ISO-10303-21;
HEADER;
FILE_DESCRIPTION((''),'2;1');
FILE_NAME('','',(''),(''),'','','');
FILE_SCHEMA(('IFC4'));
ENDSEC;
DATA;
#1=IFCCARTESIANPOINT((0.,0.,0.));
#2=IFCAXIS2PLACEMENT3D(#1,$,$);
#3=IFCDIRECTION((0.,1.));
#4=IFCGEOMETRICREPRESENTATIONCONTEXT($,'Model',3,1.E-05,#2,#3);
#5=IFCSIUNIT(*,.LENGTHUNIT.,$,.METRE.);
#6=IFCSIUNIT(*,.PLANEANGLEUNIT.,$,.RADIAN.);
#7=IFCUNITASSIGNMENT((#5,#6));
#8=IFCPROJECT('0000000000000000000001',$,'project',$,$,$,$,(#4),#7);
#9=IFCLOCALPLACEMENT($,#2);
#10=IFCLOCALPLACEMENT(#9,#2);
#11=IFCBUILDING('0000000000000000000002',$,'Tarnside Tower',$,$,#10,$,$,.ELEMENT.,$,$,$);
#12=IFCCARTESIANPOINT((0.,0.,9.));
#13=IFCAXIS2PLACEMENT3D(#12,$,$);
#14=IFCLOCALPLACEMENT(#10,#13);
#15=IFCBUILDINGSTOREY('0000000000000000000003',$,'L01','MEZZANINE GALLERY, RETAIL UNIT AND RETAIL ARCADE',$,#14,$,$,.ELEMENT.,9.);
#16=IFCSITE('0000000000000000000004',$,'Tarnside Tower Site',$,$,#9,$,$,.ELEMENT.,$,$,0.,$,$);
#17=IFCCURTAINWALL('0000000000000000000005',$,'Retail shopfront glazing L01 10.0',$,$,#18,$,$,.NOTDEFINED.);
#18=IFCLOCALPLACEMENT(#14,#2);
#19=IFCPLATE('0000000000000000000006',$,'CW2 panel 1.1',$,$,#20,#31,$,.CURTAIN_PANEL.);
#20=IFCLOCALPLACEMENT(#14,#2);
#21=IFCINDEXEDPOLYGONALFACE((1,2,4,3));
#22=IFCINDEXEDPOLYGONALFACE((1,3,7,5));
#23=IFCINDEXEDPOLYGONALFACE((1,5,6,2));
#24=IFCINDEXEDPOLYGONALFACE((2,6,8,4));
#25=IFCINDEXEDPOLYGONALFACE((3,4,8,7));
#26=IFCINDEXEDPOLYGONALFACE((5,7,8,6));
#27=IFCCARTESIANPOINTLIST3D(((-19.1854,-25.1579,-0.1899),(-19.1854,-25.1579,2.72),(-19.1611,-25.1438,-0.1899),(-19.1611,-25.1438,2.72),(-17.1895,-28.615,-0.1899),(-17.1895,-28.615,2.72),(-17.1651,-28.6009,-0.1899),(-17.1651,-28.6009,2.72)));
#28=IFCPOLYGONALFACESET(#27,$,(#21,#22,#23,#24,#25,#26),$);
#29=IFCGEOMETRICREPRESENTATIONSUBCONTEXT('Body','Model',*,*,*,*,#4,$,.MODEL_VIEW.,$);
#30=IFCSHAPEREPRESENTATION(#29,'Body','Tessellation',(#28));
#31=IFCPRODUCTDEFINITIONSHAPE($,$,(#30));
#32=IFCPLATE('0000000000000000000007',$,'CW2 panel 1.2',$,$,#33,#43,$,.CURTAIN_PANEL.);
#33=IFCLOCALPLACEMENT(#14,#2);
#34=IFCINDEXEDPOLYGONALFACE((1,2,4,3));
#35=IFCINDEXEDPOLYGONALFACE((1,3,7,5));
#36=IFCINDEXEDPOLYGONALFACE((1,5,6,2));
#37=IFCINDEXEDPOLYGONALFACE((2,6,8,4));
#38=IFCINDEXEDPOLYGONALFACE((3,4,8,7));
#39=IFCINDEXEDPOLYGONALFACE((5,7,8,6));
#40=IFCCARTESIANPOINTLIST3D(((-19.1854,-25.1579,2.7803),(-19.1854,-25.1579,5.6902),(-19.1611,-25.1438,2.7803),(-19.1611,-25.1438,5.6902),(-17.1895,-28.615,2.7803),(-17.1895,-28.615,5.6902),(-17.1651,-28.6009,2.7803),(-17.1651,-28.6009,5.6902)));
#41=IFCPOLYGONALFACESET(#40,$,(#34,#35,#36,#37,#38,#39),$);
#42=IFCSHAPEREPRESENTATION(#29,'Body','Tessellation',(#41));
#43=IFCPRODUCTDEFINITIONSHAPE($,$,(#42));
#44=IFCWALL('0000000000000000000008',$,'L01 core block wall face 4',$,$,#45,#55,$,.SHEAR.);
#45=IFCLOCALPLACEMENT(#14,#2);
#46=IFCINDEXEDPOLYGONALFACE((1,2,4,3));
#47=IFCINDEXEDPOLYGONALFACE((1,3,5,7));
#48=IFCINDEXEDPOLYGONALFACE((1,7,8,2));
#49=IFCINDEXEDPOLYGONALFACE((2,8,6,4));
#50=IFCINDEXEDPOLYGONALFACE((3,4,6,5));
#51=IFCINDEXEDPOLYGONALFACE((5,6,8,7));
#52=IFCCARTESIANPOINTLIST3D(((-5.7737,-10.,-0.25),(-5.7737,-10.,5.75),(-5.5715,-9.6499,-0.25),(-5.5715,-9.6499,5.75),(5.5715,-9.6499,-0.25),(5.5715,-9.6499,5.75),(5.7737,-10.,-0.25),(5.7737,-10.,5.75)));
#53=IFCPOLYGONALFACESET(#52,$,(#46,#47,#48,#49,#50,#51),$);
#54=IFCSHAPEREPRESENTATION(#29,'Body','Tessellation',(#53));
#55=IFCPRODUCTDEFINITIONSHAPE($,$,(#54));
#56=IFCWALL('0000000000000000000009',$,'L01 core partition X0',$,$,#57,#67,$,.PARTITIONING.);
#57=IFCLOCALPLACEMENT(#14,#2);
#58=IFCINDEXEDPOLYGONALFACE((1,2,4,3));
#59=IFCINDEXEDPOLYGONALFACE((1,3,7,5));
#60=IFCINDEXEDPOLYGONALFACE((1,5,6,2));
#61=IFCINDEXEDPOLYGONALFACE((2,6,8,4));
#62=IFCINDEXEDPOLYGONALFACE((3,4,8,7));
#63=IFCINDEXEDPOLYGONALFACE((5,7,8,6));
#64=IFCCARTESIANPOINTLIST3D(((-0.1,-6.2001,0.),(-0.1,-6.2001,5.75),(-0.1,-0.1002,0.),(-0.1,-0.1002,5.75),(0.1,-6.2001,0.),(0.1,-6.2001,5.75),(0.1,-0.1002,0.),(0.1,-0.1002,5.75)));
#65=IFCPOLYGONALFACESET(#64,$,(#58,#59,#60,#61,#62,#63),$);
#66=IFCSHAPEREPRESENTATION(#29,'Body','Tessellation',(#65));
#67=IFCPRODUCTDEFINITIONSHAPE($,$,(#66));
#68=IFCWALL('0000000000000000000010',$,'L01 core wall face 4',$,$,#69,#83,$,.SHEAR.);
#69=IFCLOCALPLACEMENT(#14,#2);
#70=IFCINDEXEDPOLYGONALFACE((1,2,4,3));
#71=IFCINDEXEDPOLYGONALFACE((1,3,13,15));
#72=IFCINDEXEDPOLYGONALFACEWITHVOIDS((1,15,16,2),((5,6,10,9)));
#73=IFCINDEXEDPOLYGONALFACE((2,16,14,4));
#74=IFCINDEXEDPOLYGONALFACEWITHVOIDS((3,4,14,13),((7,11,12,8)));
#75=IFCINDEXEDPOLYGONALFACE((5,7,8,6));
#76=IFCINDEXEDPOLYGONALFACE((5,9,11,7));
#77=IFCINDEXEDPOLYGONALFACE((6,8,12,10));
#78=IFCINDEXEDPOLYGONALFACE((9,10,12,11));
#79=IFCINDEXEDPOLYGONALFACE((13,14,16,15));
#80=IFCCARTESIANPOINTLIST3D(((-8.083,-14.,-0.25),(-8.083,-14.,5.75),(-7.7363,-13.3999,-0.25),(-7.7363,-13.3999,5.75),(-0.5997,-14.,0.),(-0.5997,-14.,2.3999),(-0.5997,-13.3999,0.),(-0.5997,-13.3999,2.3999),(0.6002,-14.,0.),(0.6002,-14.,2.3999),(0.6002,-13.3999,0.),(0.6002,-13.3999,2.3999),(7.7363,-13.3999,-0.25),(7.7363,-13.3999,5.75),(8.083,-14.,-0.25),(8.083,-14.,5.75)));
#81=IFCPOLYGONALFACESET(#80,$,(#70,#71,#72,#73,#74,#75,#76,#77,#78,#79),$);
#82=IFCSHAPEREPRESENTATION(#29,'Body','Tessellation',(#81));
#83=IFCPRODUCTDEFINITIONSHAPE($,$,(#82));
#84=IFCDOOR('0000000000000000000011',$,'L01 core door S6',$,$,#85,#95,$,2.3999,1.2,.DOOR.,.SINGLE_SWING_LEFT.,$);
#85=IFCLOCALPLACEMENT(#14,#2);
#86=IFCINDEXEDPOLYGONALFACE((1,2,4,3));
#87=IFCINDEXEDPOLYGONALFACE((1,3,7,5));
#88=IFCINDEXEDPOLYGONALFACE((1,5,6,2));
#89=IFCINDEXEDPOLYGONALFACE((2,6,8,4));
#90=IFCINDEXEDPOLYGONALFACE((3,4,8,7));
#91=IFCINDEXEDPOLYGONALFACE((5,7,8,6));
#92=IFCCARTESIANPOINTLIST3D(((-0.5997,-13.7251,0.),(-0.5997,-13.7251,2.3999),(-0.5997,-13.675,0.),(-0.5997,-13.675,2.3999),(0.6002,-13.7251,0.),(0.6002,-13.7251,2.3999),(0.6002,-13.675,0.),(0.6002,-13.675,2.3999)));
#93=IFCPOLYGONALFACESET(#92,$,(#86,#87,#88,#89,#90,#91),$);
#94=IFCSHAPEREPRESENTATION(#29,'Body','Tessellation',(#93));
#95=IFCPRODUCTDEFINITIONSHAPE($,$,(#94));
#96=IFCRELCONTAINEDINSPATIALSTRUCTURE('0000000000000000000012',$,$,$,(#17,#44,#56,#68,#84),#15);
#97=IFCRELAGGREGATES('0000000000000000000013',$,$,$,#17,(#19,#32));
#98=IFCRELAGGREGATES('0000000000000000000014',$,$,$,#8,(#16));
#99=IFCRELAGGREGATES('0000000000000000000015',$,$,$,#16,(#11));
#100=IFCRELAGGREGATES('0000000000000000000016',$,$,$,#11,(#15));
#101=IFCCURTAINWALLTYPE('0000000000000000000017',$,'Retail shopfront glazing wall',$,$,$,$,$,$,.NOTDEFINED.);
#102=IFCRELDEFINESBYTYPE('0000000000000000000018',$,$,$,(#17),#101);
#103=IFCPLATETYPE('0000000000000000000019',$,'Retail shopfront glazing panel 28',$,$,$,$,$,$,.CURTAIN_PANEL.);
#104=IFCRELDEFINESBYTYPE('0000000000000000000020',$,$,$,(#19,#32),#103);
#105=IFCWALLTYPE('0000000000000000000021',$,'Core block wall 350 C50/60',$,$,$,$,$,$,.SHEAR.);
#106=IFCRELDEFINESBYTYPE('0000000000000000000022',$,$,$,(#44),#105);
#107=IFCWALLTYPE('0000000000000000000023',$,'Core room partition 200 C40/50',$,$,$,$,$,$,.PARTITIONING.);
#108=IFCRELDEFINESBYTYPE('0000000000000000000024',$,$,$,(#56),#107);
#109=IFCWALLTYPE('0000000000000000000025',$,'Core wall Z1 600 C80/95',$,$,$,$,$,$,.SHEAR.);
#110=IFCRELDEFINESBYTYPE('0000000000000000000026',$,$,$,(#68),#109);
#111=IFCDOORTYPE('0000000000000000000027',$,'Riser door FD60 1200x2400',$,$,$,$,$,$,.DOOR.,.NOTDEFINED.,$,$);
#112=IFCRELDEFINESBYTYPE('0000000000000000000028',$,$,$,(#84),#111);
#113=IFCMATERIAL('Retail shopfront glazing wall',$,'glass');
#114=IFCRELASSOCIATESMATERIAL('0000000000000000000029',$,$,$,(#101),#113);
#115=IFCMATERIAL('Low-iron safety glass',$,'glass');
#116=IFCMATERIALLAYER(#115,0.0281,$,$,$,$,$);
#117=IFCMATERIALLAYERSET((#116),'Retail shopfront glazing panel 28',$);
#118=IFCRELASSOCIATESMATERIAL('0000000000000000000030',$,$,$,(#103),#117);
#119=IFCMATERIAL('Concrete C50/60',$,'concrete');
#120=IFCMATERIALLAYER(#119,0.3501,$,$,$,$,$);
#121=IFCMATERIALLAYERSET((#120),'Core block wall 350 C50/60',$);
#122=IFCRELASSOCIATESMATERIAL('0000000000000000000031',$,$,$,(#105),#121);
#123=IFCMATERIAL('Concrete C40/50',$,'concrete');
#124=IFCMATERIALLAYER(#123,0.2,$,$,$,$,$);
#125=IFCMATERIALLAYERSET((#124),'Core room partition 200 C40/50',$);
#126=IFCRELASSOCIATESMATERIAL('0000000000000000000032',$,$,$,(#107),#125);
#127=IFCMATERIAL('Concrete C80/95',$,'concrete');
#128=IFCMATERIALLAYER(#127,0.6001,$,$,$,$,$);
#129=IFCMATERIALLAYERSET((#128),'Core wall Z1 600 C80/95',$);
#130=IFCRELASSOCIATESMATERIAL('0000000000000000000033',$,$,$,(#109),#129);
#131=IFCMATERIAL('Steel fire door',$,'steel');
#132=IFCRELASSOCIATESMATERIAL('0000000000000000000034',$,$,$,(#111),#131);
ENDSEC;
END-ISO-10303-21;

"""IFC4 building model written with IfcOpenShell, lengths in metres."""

from ifc_helpers import new_model, si_unit, direction, frame, frame_2d, origin, origin_2d, place, context, subcontext, project, spatial, polyline, rectangle, outline, extrude, material, layer, layer_set, type_object, element, fill, aggregate, save


model = new_model("IFC4")

# Units and contexts
model_context = context("Model", 3, precision=1e-05, world=origin(), true_north=direction((0.0, 1.0)))
body_context = subcontext(model_context, "Body", "Model", "MODEL_VIEW")
ifc_project = project(units=[si_unit("LENGTHUNIT", "METRE"), si_unit("PLANEANGLEUNIT", "RADIAN")], contexts=[model_context])

# Site, building, storey
site_placement = place(None, origin())
site = spatial("IfcSite", under=ifc_project, at=site_placement, Name="Tarnside Tower Site", CompositionType="ELEMENT", RefElevation=0.0)
building_placement = place(site_placement, origin())
building = spatial("IfcBuilding", under=site, at=building_placement, Name="Tarnside Tower", CompositionType="ELEMENT")
storey_placement = place(building_placement, frame((0.0, 0.0, 9.0)))
storey = spatial("IfcBuildingStorey", under=building, at=storey_placement, Name="L01", Description="MEZZANINE GALLERY, RETAIL UNIT AND RETAIL ARCADE", CompositionType="ELEMENT", Elevation=9.0)

# Curtain wall, plates
ifc_material_1 = material(Name="Retail shopfront glazing wall", Category="glass")
curtain_wall_type = type_object("IfcCurtainWallType", Name="Retail shopfront glazing wall", PredefinedType="NOTDEFINED", material=ifc_material_1)
curtain_wall_placement = place(storey_placement, origin())
curtain_wall = element("IfcCurtainWall", 1, at=curtain_wall_placement, inside=storey, type_object=curtain_wall_type, Name="Retail shopfront glazing L01 10.0", PredefinedType="NOTDEFINED")
ifc_material_2 = material(Name="Low-iron safety glass", Category="glass")
ifc_layer_1 = layer(ifc_material_2, 0.0281)
ifc_layer_set_1 = layer_set([ifc_layer_1], Name="Retail shopfront glazing panel 28")
plate_type = type_object("IfcPlateType", Name="Retail shopfront glazing panel 28", PredefinedType="CURTAIN_PANEL", material=ifc_layer_set_1)
plate_1_placement = place(storey_placement, frame((-18.1753, -26.8794, -0.1899), z_axis=(0.0, 0.0, 1.0), x_axis=(0.5, -0.866025, 0.0)))
plate_1 = element("IfcPlate", 2, at=plate_1_placement, type_object=plate_type, Name="CW2 panel 1.1", PredefinedType="CURTAIN_PANEL", context=body_context, shape_type="SweptSolid", body=[
    extrude(rectangle(XDim=3.9919, YDim=0.0281, at=origin_2d()), origin(), (0.0, 0.0, 1.0), 2.9099),
])
plate_2_placement = place(storey_placement, frame((-18.1753, -26.8794, 2.7803), z_axis=(0.0, 0.0, 1.0), x_axis=(0.5, -0.866025, 0.0)))
plate_2 = element("IfcPlate", 3, at=plate_2_placement, type_object=plate_type, Name="CW2 panel 1.2", PredefinedType="CURTAIN_PANEL", context=body_context, shape_type="SweptSolid", body=[
    extrude(rectangle(XDim=3.9919, YDim=0.0281, at=origin_2d()), origin(), (0.0, 0.0, 1.0), 2.9099),
])
aggregate(curtain_wall, [plate_1, plate_2])

# Walls
ifc_material_3 = material(Name="Concrete C50/60", Category="concrete")
ifc_layer_2 = layer(ifc_material_3, 0.3501)
ifc_layer_set_2 = layer_set([ifc_layer_2], Name="Core block wall 350 C50/60")
wall_type_1 = type_object("IfcWallType", Name="Core block wall 350 C50/60", PredefinedType="SHEAR", material=ifc_layer_set_2)
wall_1_placement = place(storey_placement, frame((-5.6726, -9.825, -0.25), z_axis=(0.0, 0.0, 1.0), x_axis=(1.0, 0.0, 0.0)))
element("IfcWall", 4, at=wall_1_placement, inside=storey, type_object=wall_type_1, Name="L01 core block wall face 4", PredefinedType="SHEAR", context=body_context, shape_type="SweptSolid", body=[
    extrude(outline(polyline([(-0.1011, -0.175), (11.4463, -0.175), (11.2441, 0.175), (0.1011, 0.175), (-0.1011, -0.175)])), origin(), (0.0, 0.0, 1.0), 6.0),
])
ifc_material_4 = material(Name="Concrete C40/50", Category="concrete")
ifc_layer_3 = layer(ifc_material_4, 0.2)
ifc_layer_set_3 = layer_set([ifc_layer_3], Name="Core room partition 200 C40/50")
wall_type_2 = type_object("IfcWallType", Name="Core room partition 200 C40/50", PredefinedType="PARTITIONING", material=ifc_layer_set_3)
wall_2_placement = place(storey_placement, frame((0.0, -6.2, 0.0), z_axis=(0.0, 0.0, 1.0), x_axis=(0.0, 1.0, 0.0)))
element("IfcWall", 5, at=wall_2_placement, inside=storey, type_object=wall_type_2, Name="L01 core partition X0", PredefinedType="PARTITIONING", context=body_context, shape_type="SweptSolid", body=[
    extrude(rectangle(XDim=6.0999, YDim=0.2, at=frame_2d((3.0498, 0.0))), origin(), (0.0, 0.0, 1.0), 5.75),
])

# Wall, opening, door
ifc_material_5 = material(Name="Concrete C80/95", Category="concrete")
ifc_layer_4 = layer(ifc_material_5, 0.6001)
ifc_layer_set_4 = layer_set([ifc_layer_4], Name="Core wall Z1 600 C80/95")
wall_type_3 = type_object("IfcWallType", Name="Core wall Z1 600 C80/95", PredefinedType="SHEAR", material=ifc_layer_set_4)
wall_3_placement = place(storey_placement, frame((-7.9097, -13.7, -0.25), z_axis=(0.0, 0.0, 1.0), x_axis=(1.0, 0.0, 0.0)))
wall_3 = element("IfcWall", 6, at=wall_3_placement, inside=storey, type_object=wall_type_3, Name="L01 core wall face 4", PredefinedType="SHEAR", context=body_context, shape_type="SweptSolid", body=[
    extrude(outline(polyline([(-0.1733, -0.3), (15.9927, -0.3), (15.646, 0.3), (0.1733, 0.3), (-0.1733, -0.3)])), origin(), (0.0, 0.0, 1.0), 6.0),
])
opening_1_placement = place(wall_3_placement, frame((7.3098, 0.0, 0.25)))
opening_1 = element("IfcOpeningElement", 7, at=opening_1_placement, cuts=wall_3, PredefinedType="OPENING", context=body_context, shape_type="SweptSolid", body=[
    extrude(rectangle(XDim=1.2, YDim=2.3999, at=frame_2d((0.6001, 1.2))), frame((0.0, 0.3101, 0.0), z_axis=(0.0, -1.0, 0.0), x_axis=(1.0, 0.0, 0.0)), (0.0, 0.0, 1.0), 0.6201),
])
ifc_material_6 = material(Name="Steel fire door", Category="steel")
door_type_1 = type_object("IfcDoorType", Name="Riser door FD60 1200x2400", OperationType="NOTDEFINED", PredefinedType="DOOR", material=ifc_material_6)
door_1_placement = place(opening_1_placement, origin())
door_1 = element("IfcDoor", 8, at=door_1_placement, inside=storey, type_object=door_type_1, Name="L01 core door S6", OperationType="SINGLE_SWING_LEFT", OverallHeight=2.3999, OverallWidth=1.2, PredefinedType="DOOR", context=body_context, shape_type="SweptSolid", body=[
    extrude(rectangle(XDim=1.2, YDim=2.3999, at=frame_2d((0.6001, 1.2))), frame((0.0, 0.0249, 0.0), z_axis=(0.0, -1.0, 0.0), x_axis=(1.0, 0.0, 0.0)), (0.0, 0.0, 1.0), 0.05),
])
fill(opening_1, door_1)

save(model, "model.ifc")
